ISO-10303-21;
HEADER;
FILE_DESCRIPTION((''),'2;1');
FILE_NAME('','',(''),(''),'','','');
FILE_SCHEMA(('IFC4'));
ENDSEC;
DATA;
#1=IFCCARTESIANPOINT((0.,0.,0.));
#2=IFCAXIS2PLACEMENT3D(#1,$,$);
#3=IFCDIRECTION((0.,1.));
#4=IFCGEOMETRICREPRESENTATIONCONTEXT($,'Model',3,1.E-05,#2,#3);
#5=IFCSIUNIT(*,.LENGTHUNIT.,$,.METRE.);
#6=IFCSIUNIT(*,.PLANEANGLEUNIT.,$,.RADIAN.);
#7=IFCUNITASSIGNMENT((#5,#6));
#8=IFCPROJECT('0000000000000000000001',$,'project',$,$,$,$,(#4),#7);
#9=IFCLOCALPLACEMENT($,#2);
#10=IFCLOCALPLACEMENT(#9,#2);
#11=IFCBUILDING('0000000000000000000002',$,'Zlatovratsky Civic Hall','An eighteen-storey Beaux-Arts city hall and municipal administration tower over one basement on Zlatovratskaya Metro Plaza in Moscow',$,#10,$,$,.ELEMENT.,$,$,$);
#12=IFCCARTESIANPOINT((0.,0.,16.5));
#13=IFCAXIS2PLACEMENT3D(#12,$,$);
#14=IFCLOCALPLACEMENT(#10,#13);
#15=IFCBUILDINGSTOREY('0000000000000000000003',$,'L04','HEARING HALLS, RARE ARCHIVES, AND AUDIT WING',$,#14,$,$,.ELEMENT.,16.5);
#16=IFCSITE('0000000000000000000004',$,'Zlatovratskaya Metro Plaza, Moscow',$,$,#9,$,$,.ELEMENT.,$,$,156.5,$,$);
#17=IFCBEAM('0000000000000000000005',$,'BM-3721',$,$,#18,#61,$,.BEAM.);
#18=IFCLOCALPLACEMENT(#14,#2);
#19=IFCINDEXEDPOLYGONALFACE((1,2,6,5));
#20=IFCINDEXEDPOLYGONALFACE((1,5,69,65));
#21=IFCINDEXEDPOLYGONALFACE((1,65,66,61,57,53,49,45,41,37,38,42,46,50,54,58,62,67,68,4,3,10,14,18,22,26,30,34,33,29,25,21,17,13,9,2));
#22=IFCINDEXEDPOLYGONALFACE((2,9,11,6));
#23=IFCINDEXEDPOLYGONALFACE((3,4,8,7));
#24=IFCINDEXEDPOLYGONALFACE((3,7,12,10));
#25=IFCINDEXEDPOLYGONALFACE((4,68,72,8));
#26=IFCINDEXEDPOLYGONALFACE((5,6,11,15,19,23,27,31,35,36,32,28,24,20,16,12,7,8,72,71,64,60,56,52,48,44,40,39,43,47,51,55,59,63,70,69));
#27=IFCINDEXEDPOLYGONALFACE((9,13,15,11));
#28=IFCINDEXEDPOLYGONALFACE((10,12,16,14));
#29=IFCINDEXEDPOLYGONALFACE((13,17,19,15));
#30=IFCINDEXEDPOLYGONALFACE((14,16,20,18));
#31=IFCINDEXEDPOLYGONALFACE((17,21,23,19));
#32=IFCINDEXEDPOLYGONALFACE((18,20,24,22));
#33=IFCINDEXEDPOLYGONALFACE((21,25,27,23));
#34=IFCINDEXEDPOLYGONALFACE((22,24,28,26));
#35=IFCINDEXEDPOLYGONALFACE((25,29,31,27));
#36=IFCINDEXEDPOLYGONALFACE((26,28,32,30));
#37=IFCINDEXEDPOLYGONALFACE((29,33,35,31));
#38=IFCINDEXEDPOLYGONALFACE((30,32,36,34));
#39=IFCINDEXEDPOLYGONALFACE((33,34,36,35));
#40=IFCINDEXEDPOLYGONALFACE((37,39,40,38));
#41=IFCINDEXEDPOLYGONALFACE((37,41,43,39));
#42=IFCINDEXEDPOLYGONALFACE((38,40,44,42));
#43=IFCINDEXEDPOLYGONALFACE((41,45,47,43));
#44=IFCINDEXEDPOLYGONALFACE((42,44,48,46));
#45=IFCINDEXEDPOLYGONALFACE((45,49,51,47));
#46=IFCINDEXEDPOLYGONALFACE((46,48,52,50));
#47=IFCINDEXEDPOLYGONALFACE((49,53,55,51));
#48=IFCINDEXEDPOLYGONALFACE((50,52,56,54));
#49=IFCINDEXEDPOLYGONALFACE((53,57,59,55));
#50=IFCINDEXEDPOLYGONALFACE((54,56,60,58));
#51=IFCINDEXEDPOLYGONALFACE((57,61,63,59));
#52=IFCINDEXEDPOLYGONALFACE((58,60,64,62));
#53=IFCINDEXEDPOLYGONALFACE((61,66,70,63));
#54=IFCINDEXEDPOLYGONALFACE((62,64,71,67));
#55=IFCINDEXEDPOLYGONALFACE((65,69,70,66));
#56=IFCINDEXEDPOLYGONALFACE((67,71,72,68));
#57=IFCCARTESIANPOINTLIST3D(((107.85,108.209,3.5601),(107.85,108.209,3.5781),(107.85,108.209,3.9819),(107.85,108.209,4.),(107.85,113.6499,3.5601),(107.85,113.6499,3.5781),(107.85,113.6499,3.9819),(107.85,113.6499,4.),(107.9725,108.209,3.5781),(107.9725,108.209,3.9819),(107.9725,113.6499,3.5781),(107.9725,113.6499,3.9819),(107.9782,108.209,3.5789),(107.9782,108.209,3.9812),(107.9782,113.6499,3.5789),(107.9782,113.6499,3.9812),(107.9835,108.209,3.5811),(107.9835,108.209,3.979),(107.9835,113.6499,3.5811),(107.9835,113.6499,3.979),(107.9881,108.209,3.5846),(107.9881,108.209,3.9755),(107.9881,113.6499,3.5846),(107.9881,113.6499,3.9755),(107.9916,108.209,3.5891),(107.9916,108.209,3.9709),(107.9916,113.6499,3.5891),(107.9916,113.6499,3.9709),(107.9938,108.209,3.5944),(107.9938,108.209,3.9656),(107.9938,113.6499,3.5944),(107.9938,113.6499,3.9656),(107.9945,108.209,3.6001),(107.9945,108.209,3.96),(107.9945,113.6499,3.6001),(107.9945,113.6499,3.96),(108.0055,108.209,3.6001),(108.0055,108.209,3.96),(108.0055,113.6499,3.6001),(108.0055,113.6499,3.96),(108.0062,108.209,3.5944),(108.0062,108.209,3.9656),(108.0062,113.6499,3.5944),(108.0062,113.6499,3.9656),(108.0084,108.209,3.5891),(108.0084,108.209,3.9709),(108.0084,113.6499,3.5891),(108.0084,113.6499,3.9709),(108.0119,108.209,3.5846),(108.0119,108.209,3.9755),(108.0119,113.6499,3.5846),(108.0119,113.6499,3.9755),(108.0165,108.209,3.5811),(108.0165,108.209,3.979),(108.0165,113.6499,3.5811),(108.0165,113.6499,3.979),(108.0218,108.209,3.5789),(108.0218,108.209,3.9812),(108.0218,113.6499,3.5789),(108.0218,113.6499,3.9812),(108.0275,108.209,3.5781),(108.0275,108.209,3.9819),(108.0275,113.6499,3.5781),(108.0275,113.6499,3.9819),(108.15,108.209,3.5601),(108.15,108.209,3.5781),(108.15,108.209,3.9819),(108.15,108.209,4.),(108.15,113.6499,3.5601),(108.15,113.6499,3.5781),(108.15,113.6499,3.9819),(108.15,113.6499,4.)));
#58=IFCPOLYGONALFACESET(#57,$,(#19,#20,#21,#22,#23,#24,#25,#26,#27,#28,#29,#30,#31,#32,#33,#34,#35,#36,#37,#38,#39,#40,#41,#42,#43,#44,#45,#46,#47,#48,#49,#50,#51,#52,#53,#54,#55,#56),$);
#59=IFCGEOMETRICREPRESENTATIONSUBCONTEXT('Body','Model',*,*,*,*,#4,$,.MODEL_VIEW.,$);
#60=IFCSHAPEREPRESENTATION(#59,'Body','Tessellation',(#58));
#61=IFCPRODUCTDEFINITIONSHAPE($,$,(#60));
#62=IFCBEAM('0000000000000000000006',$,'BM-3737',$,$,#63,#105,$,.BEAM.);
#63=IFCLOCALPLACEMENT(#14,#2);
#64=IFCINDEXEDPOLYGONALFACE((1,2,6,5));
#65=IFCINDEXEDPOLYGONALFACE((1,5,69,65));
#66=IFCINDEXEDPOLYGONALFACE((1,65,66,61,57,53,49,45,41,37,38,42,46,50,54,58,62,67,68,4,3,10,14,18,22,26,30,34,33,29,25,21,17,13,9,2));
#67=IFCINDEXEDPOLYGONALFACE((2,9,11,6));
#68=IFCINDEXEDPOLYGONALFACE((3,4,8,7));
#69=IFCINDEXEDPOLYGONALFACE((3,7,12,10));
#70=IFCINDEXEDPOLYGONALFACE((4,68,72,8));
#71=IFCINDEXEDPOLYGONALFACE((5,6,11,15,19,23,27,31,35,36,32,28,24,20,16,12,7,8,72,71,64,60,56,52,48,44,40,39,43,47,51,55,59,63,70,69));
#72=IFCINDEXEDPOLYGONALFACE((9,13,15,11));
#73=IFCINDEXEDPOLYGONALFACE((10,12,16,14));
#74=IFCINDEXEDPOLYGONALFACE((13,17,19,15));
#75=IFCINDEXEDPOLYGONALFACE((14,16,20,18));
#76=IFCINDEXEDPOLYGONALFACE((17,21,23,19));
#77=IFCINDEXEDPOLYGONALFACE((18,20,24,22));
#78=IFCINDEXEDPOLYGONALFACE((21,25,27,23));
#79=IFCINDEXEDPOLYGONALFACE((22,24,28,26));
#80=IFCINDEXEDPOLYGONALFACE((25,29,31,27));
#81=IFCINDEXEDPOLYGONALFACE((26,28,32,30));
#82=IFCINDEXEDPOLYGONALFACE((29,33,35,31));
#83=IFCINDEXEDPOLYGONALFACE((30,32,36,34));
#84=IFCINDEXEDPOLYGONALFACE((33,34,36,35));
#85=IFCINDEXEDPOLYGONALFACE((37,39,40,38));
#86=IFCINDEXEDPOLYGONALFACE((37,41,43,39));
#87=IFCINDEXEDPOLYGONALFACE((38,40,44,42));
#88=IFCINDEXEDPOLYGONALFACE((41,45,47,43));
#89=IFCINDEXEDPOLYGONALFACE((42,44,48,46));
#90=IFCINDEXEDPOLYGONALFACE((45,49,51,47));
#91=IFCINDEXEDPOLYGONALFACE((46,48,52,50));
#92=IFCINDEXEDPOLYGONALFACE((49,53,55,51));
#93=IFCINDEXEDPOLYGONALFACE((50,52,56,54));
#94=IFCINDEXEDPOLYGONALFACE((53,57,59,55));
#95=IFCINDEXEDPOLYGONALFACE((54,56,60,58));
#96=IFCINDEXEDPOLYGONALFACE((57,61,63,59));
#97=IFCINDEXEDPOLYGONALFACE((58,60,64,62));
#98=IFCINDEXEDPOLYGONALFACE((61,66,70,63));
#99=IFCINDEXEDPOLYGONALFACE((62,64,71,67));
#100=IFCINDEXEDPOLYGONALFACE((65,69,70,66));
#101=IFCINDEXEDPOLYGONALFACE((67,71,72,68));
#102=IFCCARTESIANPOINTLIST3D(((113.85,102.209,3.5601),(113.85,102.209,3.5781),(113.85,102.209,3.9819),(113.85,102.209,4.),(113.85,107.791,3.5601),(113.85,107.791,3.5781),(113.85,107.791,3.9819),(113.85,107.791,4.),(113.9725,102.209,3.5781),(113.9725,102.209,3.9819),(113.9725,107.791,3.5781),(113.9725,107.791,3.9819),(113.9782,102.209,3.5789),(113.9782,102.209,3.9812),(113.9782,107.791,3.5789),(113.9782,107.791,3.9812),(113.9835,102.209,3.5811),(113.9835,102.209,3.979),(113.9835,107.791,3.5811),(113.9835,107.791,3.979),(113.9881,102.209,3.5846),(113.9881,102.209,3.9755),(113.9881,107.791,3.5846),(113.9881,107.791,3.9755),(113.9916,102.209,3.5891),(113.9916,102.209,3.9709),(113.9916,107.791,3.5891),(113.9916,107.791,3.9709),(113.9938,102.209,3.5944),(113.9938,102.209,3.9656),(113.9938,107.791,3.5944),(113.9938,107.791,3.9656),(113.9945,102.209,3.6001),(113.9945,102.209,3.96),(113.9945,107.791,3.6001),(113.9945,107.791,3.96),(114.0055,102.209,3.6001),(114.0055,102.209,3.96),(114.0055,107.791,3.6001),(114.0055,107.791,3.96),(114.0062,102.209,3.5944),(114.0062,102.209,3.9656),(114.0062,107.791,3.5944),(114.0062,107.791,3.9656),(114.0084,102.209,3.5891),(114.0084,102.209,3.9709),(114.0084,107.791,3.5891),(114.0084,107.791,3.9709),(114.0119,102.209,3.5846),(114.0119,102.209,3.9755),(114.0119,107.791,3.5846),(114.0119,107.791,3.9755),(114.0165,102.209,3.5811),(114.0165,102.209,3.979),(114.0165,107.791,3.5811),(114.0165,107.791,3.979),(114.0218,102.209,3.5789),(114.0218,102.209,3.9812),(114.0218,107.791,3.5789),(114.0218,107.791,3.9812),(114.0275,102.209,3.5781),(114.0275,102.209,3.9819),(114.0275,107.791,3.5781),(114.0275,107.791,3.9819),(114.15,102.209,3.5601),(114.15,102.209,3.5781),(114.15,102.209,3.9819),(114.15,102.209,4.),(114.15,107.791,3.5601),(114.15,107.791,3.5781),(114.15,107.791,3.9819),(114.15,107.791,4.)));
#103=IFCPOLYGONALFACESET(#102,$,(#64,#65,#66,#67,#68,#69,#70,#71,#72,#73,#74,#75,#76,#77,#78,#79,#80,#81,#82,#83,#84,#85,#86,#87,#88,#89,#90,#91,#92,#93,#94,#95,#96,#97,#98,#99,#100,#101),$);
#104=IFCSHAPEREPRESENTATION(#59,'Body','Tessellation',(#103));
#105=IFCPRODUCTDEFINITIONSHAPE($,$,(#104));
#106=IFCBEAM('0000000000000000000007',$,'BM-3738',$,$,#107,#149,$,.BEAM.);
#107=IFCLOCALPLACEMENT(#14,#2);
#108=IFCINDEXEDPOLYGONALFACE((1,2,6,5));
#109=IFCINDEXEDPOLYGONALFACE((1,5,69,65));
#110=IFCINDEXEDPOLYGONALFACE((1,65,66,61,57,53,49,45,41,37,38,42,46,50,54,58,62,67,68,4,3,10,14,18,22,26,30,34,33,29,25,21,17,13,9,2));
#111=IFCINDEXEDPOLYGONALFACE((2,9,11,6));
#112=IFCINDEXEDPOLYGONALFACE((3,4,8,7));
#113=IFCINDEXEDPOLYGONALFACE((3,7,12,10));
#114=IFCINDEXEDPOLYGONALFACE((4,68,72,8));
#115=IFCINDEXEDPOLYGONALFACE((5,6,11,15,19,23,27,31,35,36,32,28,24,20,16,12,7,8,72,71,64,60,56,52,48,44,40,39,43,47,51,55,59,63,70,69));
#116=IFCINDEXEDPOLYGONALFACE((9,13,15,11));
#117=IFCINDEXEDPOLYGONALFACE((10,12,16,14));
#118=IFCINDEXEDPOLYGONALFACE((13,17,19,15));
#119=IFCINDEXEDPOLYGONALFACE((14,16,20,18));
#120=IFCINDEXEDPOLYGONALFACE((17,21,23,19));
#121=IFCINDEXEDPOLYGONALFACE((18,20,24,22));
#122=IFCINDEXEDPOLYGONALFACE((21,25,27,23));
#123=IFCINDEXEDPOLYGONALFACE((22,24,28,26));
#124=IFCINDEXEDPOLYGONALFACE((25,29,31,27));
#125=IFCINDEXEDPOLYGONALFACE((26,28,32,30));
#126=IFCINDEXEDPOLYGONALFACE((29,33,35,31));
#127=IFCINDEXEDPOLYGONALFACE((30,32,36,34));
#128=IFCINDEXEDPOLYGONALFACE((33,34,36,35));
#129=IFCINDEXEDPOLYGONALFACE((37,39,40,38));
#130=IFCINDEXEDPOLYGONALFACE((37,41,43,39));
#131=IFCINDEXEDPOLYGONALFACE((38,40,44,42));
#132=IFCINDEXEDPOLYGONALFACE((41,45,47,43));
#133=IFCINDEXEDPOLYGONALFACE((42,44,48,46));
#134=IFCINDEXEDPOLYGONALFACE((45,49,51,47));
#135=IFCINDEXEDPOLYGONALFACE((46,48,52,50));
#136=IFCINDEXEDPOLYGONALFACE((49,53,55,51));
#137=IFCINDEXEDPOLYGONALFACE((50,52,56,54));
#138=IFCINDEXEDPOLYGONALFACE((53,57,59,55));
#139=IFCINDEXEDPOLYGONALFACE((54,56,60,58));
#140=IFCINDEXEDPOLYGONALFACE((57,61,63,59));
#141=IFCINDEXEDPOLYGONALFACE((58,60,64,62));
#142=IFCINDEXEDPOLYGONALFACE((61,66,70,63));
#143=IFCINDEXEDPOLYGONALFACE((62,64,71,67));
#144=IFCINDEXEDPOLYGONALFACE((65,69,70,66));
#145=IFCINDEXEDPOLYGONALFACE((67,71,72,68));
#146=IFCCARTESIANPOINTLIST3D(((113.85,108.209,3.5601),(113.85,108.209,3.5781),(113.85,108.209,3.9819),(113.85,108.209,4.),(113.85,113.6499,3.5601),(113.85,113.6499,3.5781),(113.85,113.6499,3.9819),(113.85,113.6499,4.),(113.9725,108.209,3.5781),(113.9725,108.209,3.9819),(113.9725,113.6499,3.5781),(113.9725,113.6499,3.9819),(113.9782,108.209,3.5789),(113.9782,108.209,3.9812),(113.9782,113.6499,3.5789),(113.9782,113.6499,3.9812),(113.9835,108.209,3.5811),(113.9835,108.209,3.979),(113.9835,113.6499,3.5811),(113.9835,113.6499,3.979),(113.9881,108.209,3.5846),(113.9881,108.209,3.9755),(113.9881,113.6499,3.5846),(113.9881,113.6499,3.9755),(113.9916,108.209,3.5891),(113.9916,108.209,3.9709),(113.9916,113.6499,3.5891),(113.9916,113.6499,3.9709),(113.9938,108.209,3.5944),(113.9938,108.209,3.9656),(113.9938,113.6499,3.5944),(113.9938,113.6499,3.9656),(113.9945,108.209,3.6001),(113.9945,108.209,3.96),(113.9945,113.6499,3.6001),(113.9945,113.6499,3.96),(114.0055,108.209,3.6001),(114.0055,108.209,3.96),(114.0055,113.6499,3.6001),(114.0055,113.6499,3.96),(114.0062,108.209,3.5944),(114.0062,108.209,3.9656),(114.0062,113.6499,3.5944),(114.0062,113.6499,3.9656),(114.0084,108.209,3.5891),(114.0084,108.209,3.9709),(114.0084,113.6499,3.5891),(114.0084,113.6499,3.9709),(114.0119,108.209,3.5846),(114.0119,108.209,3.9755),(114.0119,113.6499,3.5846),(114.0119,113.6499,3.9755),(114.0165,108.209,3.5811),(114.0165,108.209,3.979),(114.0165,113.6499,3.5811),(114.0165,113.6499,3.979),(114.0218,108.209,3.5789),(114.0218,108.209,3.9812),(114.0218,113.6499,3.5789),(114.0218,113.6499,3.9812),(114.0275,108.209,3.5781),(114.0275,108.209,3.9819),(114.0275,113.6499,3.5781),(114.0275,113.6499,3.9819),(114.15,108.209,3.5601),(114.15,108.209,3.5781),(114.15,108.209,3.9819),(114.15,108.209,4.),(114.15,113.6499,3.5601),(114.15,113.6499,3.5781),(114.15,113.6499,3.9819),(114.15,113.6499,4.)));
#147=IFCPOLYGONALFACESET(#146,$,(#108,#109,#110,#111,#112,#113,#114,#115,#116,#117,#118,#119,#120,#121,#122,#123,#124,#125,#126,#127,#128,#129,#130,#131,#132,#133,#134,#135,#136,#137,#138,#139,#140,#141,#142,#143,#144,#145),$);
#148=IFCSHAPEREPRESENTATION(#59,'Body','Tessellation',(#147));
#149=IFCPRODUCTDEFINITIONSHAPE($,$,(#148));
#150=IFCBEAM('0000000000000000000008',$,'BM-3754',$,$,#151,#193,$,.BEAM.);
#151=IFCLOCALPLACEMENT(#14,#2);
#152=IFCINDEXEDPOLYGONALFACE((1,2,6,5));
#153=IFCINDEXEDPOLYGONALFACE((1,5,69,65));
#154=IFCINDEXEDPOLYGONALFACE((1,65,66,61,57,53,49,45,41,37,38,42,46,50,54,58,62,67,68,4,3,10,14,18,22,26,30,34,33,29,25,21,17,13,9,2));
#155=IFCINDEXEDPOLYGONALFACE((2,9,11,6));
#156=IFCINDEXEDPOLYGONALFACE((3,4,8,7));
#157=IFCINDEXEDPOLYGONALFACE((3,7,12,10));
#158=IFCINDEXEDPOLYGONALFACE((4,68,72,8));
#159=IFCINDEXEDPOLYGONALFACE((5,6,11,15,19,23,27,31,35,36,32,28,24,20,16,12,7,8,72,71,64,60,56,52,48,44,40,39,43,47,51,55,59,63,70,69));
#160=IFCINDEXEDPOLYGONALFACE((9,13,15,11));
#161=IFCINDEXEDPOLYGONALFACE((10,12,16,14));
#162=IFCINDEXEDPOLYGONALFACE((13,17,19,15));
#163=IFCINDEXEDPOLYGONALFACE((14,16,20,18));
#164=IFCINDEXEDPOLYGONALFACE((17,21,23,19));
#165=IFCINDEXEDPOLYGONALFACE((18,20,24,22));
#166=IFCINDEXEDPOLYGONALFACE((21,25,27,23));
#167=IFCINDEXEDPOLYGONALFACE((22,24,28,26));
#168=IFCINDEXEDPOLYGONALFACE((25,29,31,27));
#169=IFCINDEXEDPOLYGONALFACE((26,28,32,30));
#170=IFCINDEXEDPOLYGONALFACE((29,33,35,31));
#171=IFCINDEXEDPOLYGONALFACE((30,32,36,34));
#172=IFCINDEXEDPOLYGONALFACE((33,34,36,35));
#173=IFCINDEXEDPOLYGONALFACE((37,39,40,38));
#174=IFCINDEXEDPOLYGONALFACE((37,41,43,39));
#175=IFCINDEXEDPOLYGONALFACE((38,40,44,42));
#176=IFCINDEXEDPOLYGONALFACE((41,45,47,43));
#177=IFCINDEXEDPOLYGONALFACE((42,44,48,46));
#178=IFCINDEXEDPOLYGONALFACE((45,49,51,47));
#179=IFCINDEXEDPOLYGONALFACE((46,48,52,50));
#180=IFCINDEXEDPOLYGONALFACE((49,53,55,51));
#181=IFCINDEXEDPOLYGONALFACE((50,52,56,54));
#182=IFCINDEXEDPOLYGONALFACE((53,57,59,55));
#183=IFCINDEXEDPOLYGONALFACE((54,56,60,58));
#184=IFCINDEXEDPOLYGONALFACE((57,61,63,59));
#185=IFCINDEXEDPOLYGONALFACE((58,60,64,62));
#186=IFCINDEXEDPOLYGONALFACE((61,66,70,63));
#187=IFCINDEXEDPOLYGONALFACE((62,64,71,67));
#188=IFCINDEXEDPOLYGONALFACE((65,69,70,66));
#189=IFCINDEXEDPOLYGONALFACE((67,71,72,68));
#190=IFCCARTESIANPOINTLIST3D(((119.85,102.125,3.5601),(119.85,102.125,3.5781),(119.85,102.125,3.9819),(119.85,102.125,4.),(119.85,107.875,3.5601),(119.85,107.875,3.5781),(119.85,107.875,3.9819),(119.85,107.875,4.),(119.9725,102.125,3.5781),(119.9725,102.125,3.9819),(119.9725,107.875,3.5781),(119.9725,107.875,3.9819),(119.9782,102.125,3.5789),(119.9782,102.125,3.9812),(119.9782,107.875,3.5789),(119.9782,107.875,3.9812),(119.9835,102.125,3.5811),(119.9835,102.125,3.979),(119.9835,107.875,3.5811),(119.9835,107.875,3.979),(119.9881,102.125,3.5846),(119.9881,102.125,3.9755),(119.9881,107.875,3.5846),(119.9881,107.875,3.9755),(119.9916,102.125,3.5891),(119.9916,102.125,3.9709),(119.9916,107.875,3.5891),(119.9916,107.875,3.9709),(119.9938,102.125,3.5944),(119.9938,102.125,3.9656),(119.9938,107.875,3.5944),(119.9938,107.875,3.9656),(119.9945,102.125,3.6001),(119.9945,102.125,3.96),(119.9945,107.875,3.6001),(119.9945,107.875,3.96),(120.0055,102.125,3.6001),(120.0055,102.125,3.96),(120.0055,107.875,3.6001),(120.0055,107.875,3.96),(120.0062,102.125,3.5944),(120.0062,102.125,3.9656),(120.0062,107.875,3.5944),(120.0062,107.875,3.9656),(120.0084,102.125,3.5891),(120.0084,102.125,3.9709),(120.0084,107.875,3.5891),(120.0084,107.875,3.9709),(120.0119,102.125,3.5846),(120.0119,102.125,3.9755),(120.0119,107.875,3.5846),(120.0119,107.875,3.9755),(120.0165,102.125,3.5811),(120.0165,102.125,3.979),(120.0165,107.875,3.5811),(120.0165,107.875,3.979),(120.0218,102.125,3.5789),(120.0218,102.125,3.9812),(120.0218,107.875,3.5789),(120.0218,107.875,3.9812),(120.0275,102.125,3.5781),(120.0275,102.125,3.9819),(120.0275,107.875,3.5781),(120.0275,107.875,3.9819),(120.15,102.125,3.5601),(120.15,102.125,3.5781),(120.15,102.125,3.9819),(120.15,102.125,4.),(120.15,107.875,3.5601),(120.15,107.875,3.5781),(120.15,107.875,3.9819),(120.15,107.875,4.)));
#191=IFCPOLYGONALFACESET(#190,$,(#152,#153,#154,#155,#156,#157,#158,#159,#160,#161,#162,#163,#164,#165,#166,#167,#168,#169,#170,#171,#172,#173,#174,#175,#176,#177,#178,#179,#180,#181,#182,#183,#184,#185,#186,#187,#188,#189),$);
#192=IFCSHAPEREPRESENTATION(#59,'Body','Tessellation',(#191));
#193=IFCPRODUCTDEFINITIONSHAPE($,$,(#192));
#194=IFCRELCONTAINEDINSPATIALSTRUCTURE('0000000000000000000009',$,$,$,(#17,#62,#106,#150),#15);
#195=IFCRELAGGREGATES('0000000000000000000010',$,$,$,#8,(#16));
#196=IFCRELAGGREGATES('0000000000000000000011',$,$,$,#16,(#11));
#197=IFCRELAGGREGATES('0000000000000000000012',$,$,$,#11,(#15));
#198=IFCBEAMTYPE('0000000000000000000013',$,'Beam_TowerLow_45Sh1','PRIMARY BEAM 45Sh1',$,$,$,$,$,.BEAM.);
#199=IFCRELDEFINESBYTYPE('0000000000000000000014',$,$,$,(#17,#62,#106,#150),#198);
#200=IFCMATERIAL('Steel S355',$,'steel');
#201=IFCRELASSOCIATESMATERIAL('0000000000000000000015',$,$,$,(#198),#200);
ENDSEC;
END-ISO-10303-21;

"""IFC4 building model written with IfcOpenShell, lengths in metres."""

from ifc_helpers import new_model, si_unit, direction, frame, origin, origin_2d, place, context, subcontext, project, spatial, i_section, extrude, material, material_profile, profile_set, type_object, element, save


model = new_model("IFC4")

# Units and contexts
model_context = context("Model", 3, precision=1e-05, world=origin(), true_north=direction((0.0, 1.0)))
body_context = subcontext(model_context, "Body", "Model", "MODEL_VIEW")
ifc_project = project(units=[si_unit("LENGTHUNIT", "METRE"), si_unit("PLANEANGLEUNIT", "RADIAN")], contexts=[model_context])

# Site, building, storey
site_placement = place(None, origin())
site = spatial("IfcSite", under=ifc_project, at=site_placement, Name="Zlatovratskaya Metro Plaza, Moscow", CompositionType="ELEMENT", RefElevation=156.5)
building_placement = place(site_placement, origin())
building = spatial("IfcBuilding", under=site, at=building_placement, Name="Zlatovratsky Civic Hall", Description="An eighteen-storey Beaux-Arts city hall and municipal administration tower over one basement on Zlatovratskaya Metro Plaza in Moscow", CompositionType="ELEMENT")
storey_placement = place(building_placement, frame((0.0, 0.0, 16.5)))
storey = spatial("IfcBuildingStorey", under=building, at=storey_placement, Name="L04", Description="HEARING HALLS, RARE ARCHIVES, AND AUDIT WING", CompositionType="ELEMENT", Elevation=16.5)

# Shared definitions
ifc_material_1 = material(Name="Steel S355", Category="steel")

# Beams
ifc_material_profile_1 = material_profile(ifc_material_1, i_section(OverallWidth=0.3, OverallDepth=0.4399, WebThickness=0.011, FlangeThickness=0.0181, FilletRadius=0.022, at=origin_2d()), Name="45Sh1")
ifc_profile_set_1 = profile_set([ifc_material_profile_1], Name="Steel S355")
beam_type_1 = type_object("IfcBeamType", Name="Beam_TowerLow_45Sh1", Description="PRIMARY BEAM 45Sh1", PredefinedType="BEAM", material=ifc_profile_set_1)
beam_1_placement = place(storey_placement, frame((108.0, 108.209, 3.78), z_axis=(0.0, 1.0, 0.0), x_axis=(-1.0, 0.0, 0.0)))
element("IfcBeam", 1, at=beam_1_placement, inside=storey, type_object=beam_type_1, Name="BM-3721", PredefinedType="BEAM", context=body_context, shape_type="SweptSolid", body=[
    extrude(i_section(OverallWidth=0.3, OverallDepth=0.4399, WebThickness=0.011, FlangeThickness=0.0181, FilletRadius=0.022, at=origin_2d()), origin(), (0.0, 0.0, 1.0), 5.4409),
])
beam_2_placement = place(storey_placement, frame((114.0, 102.209, 3.78), z_axis=(0.0, 1.0, 0.0), x_axis=(-1.0, 0.0, 0.0)))
element("IfcBeam", 2, at=beam_2_placement, inside=storey, type_object=beam_type_1, Name="BM-3737", PredefinedType="BEAM", context=body_context, shape_type="SweptSolid", body=[
    extrude(i_section(OverallWidth=0.3, OverallDepth=0.4399, WebThickness=0.011, FlangeThickness=0.0181, FilletRadius=0.022, at=origin_2d()), origin(), (0.0, 0.0, 1.0), 5.582),
])
beam_3_placement = place(storey_placement, frame((114.0, 108.209, 3.78), z_axis=(0.0, 1.0, 0.0), x_axis=(-1.0, 0.0, 0.0)))
element("IfcBeam", 3, at=beam_3_placement, inside=storey, type_object=beam_type_1, Name="BM-3738", PredefinedType="BEAM", context=body_context, shape_type="SweptSolid", body=[
    extrude(i_section(OverallWidth=0.3, OverallDepth=0.4399, WebThickness=0.011, FlangeThickness=0.0181, FilletRadius=0.022, at=origin_2d()), origin(), (0.0, 0.0, 1.0), 5.4409),
])
beam_4_placement = place(storey_placement, frame((120.0, 102.125, 3.78), z_axis=(0.0, 1.0, 0.0), x_axis=(-1.0, 0.0, 0.0)))
element("IfcBeam", 4, at=beam_4_placement, inside=storey, type_object=beam_type_1, Name="BM-3754", PredefinedType="BEAM", context=body_context, shape_type="SweptSolid", body=[
    extrude(i_section(OverallWidth=0.3, OverallDepth=0.4399, WebThickness=0.011, FlangeThickness=0.0181, FilletRadius=0.022, at=origin_2d()), origin(), (0.0, 0.0, 1.0), 5.75),
])

save(model, "model.ifc")
